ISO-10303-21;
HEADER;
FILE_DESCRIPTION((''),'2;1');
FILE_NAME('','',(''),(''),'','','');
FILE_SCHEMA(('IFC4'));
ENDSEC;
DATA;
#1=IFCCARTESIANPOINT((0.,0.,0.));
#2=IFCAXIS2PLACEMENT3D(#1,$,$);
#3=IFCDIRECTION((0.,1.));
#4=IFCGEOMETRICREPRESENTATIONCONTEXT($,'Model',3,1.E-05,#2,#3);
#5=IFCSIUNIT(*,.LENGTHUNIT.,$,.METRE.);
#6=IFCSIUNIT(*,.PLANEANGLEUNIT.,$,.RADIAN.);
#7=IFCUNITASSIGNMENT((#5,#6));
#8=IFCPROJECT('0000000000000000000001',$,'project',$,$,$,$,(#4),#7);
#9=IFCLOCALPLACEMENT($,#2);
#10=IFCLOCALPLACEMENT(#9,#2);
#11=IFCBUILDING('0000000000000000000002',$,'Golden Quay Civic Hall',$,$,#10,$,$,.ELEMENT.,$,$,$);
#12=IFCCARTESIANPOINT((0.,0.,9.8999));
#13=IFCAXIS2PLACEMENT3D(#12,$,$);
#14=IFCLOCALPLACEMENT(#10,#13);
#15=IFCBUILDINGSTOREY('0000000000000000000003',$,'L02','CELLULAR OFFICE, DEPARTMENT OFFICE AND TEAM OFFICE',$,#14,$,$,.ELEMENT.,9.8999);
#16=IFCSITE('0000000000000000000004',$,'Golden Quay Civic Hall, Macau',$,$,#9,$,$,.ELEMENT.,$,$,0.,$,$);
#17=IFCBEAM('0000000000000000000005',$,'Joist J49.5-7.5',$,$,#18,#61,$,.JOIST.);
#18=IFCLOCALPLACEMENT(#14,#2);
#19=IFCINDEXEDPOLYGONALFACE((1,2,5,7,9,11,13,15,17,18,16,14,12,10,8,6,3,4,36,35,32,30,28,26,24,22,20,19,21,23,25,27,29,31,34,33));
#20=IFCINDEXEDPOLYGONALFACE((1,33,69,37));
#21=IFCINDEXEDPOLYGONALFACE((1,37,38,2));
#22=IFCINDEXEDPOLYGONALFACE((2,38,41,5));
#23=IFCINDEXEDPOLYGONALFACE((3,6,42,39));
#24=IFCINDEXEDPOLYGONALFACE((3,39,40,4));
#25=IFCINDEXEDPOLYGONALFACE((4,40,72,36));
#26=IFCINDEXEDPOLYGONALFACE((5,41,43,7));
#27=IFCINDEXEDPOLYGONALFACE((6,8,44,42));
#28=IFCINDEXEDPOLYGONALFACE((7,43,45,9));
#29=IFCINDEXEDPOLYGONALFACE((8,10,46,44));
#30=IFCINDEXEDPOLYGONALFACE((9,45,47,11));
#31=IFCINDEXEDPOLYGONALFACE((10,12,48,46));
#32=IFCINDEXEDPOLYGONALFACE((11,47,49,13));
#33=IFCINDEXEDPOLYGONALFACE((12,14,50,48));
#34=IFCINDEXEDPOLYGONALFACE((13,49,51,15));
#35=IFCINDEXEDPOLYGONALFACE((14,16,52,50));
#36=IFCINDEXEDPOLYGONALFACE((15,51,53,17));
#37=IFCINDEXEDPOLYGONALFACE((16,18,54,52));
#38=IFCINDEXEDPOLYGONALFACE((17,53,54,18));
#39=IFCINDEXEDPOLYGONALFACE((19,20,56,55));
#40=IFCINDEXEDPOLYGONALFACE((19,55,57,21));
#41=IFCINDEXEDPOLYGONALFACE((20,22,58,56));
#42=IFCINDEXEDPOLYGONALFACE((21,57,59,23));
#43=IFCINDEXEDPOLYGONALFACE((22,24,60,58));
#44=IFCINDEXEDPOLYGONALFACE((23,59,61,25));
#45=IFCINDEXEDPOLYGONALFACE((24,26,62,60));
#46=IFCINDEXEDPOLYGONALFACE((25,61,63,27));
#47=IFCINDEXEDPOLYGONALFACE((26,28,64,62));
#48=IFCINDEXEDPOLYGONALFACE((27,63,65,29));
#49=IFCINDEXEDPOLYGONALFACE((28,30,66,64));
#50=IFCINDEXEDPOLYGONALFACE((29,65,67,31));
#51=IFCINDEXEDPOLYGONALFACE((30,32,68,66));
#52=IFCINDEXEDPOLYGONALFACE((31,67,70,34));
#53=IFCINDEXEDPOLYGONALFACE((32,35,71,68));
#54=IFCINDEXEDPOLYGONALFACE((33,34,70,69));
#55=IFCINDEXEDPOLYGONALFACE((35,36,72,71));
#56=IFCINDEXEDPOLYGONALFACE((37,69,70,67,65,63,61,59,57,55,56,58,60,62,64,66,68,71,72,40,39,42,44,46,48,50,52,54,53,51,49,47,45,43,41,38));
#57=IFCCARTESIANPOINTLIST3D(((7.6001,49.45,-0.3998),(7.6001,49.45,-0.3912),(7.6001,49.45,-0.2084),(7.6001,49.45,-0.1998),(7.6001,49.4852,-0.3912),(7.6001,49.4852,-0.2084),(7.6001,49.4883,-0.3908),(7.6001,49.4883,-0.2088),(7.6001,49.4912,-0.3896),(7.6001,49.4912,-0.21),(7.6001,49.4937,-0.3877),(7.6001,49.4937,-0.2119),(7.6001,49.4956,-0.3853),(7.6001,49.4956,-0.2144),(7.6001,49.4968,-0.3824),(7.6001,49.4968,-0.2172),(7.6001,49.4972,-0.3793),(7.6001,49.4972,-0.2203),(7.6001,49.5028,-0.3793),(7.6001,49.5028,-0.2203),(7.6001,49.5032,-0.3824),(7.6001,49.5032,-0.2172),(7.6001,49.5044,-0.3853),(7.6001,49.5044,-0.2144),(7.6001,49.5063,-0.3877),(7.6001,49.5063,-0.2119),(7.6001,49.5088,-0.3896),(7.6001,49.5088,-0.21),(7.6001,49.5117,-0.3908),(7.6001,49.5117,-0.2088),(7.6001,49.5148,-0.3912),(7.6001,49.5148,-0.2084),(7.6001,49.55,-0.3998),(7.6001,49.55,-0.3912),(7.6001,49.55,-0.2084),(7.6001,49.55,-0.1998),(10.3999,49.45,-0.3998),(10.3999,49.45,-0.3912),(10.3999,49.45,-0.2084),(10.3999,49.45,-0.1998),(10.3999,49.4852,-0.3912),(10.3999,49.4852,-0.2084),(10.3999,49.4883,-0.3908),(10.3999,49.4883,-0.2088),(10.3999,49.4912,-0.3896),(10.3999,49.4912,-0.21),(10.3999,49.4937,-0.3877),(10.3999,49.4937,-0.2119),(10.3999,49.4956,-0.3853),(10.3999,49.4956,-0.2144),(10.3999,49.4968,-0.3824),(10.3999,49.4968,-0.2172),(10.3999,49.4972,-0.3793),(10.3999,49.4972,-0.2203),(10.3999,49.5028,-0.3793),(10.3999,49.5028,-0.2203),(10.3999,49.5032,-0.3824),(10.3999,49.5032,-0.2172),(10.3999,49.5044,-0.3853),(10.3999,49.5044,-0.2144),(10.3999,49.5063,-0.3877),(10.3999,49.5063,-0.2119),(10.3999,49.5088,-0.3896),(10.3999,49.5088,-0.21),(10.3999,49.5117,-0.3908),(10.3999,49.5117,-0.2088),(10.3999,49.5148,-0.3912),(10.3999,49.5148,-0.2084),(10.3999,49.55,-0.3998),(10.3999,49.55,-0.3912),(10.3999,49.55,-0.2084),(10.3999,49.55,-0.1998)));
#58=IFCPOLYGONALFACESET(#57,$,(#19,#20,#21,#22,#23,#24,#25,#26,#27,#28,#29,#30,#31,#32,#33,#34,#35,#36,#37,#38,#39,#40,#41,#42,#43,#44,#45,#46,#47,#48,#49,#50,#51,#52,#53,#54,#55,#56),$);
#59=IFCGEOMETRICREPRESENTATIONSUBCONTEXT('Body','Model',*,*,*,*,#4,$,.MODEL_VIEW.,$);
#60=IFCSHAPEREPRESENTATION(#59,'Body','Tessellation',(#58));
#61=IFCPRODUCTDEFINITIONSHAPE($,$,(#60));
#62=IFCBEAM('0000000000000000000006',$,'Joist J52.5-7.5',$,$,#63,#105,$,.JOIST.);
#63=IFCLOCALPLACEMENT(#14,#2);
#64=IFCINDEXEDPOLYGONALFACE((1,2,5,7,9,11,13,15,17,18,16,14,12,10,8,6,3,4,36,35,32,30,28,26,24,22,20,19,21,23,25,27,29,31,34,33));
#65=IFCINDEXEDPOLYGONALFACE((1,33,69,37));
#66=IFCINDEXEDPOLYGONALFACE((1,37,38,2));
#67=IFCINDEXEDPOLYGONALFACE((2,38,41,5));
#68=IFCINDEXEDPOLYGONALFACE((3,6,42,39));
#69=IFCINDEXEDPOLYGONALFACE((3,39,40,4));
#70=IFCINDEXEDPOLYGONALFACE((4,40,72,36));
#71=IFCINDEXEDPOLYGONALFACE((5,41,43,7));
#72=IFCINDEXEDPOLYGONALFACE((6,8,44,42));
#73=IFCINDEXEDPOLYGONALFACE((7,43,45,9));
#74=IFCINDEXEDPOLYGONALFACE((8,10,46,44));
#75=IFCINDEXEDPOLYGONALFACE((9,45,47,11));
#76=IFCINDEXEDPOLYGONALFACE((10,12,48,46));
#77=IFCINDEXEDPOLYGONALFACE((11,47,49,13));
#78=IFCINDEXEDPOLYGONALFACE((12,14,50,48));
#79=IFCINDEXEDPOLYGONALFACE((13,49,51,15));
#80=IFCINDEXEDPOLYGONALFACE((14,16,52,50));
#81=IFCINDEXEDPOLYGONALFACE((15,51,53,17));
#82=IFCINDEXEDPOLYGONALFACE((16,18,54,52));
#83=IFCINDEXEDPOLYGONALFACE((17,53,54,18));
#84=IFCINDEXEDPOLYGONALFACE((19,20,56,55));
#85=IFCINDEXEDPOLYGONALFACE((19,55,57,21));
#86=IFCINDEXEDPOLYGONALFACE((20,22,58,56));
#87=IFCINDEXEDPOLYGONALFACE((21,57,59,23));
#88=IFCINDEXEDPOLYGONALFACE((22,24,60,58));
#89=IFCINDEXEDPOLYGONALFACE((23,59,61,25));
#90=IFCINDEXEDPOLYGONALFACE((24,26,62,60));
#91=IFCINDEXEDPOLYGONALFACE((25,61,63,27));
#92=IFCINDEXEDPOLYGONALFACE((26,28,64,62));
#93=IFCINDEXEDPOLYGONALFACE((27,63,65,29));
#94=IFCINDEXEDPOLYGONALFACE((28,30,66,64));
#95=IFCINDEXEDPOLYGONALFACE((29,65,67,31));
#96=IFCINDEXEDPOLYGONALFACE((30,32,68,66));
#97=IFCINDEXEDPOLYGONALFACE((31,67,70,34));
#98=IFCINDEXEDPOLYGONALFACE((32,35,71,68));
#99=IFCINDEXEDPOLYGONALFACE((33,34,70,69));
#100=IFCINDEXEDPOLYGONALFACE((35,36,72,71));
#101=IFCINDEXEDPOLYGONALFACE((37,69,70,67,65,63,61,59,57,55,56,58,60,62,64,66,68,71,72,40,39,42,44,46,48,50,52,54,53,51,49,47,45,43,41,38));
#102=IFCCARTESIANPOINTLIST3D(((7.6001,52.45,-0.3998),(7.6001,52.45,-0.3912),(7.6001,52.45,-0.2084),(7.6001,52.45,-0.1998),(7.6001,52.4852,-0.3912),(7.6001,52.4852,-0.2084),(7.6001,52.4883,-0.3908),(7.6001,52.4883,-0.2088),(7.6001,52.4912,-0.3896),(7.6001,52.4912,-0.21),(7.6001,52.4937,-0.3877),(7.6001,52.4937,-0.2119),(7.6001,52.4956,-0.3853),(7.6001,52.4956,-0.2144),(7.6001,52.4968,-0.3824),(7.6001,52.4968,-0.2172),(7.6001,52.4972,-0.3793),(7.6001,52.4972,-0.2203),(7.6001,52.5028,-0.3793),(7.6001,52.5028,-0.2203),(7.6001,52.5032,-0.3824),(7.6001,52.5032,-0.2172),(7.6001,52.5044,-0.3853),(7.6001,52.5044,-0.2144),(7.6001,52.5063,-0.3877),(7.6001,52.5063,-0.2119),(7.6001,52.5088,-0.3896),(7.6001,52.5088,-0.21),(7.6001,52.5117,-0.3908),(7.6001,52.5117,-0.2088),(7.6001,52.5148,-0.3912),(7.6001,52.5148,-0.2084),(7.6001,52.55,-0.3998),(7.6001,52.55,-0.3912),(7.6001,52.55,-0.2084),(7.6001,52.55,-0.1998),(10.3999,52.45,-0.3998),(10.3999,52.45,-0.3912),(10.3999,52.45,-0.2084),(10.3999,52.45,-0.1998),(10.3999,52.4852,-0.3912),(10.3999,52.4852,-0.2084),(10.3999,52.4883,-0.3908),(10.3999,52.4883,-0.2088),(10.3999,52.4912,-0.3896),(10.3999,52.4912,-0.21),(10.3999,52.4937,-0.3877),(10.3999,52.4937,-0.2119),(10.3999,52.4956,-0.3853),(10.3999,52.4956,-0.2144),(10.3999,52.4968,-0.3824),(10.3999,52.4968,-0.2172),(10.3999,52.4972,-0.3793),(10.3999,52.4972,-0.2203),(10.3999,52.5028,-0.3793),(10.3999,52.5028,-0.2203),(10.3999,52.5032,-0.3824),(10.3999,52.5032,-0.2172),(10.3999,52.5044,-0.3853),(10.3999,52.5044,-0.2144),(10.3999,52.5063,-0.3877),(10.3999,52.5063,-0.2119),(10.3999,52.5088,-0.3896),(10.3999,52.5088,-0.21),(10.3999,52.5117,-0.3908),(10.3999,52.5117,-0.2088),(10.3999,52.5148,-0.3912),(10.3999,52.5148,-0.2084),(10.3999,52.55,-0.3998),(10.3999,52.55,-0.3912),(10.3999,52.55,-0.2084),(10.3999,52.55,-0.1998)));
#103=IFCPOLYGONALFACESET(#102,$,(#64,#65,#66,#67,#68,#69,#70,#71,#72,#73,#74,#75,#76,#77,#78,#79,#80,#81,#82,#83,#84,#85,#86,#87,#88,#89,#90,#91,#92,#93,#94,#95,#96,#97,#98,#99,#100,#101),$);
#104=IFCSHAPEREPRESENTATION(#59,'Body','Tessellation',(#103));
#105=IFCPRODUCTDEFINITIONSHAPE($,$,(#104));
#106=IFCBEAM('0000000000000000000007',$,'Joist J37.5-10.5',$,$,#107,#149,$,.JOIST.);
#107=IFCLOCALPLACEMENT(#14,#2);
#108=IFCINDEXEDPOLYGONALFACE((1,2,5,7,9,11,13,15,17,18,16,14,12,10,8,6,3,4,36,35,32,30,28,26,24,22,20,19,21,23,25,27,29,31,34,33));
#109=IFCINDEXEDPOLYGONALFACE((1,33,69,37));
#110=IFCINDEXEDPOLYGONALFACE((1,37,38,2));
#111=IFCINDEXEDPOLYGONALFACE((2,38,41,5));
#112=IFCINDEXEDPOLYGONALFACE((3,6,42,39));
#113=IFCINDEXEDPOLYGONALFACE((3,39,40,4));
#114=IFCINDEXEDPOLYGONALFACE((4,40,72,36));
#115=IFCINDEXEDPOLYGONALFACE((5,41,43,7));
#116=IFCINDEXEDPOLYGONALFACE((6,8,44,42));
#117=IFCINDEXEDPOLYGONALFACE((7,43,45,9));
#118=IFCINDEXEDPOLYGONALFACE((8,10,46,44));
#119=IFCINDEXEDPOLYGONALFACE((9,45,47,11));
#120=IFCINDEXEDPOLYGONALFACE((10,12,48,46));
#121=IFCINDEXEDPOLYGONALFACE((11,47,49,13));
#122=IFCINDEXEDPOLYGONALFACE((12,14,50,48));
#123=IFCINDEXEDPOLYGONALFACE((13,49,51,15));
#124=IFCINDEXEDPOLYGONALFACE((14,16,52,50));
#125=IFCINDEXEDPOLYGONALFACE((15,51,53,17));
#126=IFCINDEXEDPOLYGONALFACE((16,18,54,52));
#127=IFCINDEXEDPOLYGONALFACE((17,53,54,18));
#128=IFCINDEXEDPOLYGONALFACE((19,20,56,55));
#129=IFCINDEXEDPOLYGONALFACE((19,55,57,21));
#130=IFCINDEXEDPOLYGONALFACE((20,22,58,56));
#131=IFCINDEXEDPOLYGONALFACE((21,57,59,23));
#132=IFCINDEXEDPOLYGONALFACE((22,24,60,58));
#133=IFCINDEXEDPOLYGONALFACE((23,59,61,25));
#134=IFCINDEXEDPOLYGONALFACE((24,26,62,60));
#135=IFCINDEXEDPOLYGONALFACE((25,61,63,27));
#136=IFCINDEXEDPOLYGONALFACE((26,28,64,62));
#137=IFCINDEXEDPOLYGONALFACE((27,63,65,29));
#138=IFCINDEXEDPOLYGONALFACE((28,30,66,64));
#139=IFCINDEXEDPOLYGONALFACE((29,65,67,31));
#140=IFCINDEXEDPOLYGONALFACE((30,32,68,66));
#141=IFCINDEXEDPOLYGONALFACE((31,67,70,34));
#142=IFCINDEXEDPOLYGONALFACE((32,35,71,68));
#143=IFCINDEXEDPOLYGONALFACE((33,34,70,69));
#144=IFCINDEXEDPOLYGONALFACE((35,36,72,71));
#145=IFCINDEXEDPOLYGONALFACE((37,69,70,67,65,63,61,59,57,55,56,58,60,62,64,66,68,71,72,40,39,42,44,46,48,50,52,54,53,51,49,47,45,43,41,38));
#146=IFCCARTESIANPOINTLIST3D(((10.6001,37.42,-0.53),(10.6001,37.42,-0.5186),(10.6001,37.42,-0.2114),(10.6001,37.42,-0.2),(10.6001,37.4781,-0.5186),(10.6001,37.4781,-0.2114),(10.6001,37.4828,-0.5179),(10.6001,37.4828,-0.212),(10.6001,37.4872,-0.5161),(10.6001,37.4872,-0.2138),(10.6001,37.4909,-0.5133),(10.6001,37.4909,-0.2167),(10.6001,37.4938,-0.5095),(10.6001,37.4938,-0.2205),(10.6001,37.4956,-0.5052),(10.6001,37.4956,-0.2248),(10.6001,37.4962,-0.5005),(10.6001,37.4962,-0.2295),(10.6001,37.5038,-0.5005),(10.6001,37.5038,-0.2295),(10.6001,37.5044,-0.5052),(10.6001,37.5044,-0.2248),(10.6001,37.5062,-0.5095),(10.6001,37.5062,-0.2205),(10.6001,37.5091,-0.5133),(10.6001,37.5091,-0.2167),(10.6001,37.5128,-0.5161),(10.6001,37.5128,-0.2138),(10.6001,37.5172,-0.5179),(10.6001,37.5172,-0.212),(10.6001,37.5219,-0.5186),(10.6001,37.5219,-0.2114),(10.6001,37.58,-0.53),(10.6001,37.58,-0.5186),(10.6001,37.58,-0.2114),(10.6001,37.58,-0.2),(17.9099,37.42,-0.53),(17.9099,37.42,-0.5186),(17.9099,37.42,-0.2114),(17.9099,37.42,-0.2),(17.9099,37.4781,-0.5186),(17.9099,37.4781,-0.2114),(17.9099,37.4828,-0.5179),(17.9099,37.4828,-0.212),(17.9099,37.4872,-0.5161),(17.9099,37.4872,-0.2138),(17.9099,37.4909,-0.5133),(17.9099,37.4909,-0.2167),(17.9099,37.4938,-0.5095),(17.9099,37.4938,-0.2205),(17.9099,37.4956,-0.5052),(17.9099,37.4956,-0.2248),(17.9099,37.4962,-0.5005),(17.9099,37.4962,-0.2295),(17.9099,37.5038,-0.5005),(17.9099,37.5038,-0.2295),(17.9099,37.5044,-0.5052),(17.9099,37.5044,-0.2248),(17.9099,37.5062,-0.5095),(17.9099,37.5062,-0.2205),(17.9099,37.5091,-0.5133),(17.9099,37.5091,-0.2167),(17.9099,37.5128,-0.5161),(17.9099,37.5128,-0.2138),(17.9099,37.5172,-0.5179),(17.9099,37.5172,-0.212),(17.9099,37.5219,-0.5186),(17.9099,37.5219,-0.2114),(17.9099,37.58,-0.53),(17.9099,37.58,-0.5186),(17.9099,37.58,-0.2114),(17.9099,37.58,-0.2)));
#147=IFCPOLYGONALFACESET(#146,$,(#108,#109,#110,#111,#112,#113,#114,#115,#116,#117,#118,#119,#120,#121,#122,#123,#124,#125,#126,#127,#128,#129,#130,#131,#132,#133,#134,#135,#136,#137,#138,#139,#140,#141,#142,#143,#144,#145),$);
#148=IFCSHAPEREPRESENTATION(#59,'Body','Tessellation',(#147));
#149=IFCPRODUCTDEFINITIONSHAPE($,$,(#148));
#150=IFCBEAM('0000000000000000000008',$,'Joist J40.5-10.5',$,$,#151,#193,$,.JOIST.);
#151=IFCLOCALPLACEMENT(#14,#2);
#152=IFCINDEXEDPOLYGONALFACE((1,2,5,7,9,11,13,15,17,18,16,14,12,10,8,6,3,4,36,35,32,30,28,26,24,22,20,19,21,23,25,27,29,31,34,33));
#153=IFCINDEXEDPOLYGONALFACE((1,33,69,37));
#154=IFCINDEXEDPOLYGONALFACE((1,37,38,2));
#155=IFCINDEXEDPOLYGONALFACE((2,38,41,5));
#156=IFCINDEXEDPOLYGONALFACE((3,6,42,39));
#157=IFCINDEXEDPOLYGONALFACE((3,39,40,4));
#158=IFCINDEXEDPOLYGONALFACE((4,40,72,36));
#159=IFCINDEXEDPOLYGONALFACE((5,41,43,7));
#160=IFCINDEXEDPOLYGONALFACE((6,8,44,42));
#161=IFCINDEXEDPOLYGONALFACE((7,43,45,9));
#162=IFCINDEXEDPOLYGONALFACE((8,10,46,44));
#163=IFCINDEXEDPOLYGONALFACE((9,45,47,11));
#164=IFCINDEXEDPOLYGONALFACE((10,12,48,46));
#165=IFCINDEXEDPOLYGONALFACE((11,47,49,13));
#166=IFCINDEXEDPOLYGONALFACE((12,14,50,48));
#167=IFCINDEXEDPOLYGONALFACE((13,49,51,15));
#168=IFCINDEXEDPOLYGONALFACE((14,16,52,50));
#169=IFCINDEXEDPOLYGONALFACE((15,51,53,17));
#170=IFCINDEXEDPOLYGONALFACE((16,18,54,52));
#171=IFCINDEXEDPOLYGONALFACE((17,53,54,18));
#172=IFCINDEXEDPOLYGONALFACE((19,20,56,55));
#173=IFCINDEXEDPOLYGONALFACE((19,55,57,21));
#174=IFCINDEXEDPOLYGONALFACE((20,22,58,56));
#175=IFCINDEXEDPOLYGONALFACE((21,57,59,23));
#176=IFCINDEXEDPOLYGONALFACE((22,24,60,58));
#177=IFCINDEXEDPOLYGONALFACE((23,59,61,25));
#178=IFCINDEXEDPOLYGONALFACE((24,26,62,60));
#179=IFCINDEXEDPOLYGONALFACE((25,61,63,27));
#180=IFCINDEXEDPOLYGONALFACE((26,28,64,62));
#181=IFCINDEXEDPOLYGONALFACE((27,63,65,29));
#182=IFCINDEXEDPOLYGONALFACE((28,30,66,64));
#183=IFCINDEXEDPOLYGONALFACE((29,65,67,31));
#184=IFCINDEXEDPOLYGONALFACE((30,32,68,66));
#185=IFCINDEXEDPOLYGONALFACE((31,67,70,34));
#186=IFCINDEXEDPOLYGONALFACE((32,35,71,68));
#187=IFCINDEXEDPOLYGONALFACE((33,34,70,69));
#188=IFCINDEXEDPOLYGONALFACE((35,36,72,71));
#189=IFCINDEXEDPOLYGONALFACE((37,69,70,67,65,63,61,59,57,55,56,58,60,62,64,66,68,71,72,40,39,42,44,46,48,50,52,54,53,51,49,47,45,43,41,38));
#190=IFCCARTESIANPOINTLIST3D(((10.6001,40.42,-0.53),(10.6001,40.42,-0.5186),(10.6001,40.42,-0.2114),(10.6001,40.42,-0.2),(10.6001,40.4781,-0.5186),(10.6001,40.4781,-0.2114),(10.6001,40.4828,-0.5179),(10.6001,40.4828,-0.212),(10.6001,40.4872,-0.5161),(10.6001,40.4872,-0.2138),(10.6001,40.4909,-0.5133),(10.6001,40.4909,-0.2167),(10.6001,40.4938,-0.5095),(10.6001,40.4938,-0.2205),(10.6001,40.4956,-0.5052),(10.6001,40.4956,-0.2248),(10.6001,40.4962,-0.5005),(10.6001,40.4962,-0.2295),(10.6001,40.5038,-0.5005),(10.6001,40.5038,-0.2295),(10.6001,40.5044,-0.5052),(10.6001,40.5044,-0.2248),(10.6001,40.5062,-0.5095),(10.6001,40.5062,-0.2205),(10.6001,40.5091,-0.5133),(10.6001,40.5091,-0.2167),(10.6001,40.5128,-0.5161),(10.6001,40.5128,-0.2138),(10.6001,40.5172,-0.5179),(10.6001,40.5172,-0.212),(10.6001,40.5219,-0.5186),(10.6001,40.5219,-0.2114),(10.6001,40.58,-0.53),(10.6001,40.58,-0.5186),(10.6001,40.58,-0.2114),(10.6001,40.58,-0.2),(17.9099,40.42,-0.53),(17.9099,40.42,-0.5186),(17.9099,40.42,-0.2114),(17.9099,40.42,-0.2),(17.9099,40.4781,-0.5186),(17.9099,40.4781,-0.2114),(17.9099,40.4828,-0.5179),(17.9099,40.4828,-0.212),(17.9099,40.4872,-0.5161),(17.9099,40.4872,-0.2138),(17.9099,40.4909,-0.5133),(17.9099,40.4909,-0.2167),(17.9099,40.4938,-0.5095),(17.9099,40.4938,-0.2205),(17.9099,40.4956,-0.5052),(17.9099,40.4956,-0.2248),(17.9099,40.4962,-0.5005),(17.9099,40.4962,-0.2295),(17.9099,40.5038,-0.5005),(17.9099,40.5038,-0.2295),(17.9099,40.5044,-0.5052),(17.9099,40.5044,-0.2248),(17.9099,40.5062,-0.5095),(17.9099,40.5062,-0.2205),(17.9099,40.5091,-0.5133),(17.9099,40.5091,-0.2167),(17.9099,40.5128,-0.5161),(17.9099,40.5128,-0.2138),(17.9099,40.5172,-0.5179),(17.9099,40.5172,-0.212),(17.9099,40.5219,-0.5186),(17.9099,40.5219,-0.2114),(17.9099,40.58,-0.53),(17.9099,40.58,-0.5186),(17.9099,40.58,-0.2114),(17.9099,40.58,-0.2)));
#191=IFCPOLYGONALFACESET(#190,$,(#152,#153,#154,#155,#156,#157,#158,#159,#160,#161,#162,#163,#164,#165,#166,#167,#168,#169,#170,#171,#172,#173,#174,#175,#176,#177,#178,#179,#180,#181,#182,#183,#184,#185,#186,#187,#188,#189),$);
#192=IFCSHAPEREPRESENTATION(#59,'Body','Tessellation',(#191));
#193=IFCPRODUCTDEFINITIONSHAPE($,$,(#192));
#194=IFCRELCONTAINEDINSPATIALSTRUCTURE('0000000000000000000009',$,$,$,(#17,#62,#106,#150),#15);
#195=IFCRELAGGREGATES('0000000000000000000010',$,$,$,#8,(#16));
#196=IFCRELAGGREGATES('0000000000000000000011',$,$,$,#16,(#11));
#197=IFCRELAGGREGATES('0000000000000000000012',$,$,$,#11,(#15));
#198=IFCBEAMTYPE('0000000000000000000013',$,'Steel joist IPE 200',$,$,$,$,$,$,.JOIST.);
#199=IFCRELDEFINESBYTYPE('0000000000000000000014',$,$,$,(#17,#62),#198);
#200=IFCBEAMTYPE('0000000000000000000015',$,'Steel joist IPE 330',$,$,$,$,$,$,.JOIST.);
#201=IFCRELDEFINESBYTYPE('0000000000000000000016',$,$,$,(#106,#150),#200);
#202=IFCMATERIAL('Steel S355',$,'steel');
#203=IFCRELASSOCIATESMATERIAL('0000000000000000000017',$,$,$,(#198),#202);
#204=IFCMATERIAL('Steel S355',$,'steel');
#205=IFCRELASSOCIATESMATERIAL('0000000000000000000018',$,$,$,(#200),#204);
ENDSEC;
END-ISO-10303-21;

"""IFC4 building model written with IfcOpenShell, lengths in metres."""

from ifc_helpers import new_model, si_unit, direction, frame, origin, origin_2d, place, context, subcontext, project, spatial, i_section, extrude, material, material_profile, profile_set, type_object, element, save


model = new_model("IFC4")

# Units and contexts
model_context = context("Model", 3, precision=1e-05, world=origin(), true_north=direction((0.0, 1.0)))
body_context = subcontext(model_context, "Body", "Model", "MODEL_VIEW")
ifc_project = project(units=[si_unit("LENGTHUNIT", "METRE"), si_unit("PLANEANGLEUNIT", "RADIAN")], contexts=[model_context])

# Site, building, storey
site_placement = place(None, origin())
site = spatial("IfcSite", under=ifc_project, at=site_placement, Name="Golden Quay Civic Hall, Macau", CompositionType="ELEMENT", RefElevation=0.0)
building_placement = place(site_placement, origin())
building = spatial("IfcBuilding", under=site, at=building_placement, Name="Golden Quay Civic Hall", CompositionType="ELEMENT")
storey_placement = place(building_placement, frame((0.0, 0.0, 9.8999)))
storey = spatial("IfcBuildingStorey", under=building, at=storey_placement, Name="L02", Description="CELLULAR OFFICE, DEPARTMENT OFFICE AND TEAM OFFICE", CompositionType="ELEMENT", Elevation=9.8999)

# Beams
ifc_material_1 = material(Name="Steel S355", Category="steel")
ifc_material_profile_1 = material_profile(ifc_material_1, i_section(OverallWidth=0.1001, OverallDepth=0.2, WebThickness=0.0056, FlangeThickness=0.0085, FilletRadius=0.012, at=origin_2d()), Name="IPE 200")
ifc_profile_set_1 = profile_set([ifc_material_profile_1], Name="Steel S355")
beam_type_1 = type_object("IfcBeamType", Name="Steel joist IPE 200", PredefinedType="JOIST", material=ifc_profile_set_1)
for number, where, z_axis, x_axis, name in (
    (1, (7.6001, 49.5, -0.2998), (1.0, 0.0, 0.0), (0.0, 1.0, 0.0), "Joist J49.5-7.5"),
    (2, (7.6001, 52.5, -0.2998), (1.0, 0.0, 0.0), (0.0, 1.0, 0.0), "Joist J52.5-7.5"),
):
    element("IfcBeam", number, at=place(storey_placement, frame(where, z_axis=z_axis, x_axis=x_axis)), inside=storey, type_object=beam_type_1, Name=name, PredefinedType="JOIST", context=body_context, shape_type="SweptSolid", body=[
        extrude(i_section(OverallWidth=0.1001, OverallDepth=0.2, WebThickness=0.0056, FlangeThickness=0.0085, FilletRadius=0.012, at=origin_2d()), origin(), (0.0, 0.0, 1.0), 2.7998),
    ])
ifc_material_2 = material(Name="Steel S355", Category="steel")
ifc_material_profile_2 = material_profile(ifc_material_2, i_section(OverallWidth=0.1599, OverallDepth=0.3301, WebThickness=0.0076, FlangeThickness=0.0115, FilletRadius=0.0181, at=origin_2d()), Name="IPE 330")
ifc_profile_set_2 = profile_set([ifc_material_profile_2], Name="Steel S355")
beam_type_2 = type_object("IfcBeamType", Name="Steel joist IPE 330", PredefinedType="JOIST", material=ifc_profile_set_2)
for number, where, z_axis, x_axis, name in (
    (3, (10.6001, 37.5, -0.365), (1.0, 0.0, 0.0), (0.0, 1.0, 0.0), "Joist J37.5-10.5"),
    (4, (10.6001, 40.5, -0.365), (1.0, 0.0, 0.0), (0.0, 1.0, 0.0), "Joist J40.5-10.5"),
):
    element("IfcBeam", number, at=place(storey_placement, frame(where, z_axis=z_axis, x_axis=x_axis)), inside=storey, type_object=beam_type_2, Name=name, PredefinedType="JOIST", context=body_context, shape_type="SweptSolid", body=[
        extrude(i_section(OverallWidth=0.1599, OverallDepth=0.3301, WebThickness=0.0076, FlangeThickness=0.0115, FilletRadius=0.0181, at=origin_2d()), origin(), (0.0, 0.0, 1.0), 7.3098),
    ])

save(model, "model.ifc")
